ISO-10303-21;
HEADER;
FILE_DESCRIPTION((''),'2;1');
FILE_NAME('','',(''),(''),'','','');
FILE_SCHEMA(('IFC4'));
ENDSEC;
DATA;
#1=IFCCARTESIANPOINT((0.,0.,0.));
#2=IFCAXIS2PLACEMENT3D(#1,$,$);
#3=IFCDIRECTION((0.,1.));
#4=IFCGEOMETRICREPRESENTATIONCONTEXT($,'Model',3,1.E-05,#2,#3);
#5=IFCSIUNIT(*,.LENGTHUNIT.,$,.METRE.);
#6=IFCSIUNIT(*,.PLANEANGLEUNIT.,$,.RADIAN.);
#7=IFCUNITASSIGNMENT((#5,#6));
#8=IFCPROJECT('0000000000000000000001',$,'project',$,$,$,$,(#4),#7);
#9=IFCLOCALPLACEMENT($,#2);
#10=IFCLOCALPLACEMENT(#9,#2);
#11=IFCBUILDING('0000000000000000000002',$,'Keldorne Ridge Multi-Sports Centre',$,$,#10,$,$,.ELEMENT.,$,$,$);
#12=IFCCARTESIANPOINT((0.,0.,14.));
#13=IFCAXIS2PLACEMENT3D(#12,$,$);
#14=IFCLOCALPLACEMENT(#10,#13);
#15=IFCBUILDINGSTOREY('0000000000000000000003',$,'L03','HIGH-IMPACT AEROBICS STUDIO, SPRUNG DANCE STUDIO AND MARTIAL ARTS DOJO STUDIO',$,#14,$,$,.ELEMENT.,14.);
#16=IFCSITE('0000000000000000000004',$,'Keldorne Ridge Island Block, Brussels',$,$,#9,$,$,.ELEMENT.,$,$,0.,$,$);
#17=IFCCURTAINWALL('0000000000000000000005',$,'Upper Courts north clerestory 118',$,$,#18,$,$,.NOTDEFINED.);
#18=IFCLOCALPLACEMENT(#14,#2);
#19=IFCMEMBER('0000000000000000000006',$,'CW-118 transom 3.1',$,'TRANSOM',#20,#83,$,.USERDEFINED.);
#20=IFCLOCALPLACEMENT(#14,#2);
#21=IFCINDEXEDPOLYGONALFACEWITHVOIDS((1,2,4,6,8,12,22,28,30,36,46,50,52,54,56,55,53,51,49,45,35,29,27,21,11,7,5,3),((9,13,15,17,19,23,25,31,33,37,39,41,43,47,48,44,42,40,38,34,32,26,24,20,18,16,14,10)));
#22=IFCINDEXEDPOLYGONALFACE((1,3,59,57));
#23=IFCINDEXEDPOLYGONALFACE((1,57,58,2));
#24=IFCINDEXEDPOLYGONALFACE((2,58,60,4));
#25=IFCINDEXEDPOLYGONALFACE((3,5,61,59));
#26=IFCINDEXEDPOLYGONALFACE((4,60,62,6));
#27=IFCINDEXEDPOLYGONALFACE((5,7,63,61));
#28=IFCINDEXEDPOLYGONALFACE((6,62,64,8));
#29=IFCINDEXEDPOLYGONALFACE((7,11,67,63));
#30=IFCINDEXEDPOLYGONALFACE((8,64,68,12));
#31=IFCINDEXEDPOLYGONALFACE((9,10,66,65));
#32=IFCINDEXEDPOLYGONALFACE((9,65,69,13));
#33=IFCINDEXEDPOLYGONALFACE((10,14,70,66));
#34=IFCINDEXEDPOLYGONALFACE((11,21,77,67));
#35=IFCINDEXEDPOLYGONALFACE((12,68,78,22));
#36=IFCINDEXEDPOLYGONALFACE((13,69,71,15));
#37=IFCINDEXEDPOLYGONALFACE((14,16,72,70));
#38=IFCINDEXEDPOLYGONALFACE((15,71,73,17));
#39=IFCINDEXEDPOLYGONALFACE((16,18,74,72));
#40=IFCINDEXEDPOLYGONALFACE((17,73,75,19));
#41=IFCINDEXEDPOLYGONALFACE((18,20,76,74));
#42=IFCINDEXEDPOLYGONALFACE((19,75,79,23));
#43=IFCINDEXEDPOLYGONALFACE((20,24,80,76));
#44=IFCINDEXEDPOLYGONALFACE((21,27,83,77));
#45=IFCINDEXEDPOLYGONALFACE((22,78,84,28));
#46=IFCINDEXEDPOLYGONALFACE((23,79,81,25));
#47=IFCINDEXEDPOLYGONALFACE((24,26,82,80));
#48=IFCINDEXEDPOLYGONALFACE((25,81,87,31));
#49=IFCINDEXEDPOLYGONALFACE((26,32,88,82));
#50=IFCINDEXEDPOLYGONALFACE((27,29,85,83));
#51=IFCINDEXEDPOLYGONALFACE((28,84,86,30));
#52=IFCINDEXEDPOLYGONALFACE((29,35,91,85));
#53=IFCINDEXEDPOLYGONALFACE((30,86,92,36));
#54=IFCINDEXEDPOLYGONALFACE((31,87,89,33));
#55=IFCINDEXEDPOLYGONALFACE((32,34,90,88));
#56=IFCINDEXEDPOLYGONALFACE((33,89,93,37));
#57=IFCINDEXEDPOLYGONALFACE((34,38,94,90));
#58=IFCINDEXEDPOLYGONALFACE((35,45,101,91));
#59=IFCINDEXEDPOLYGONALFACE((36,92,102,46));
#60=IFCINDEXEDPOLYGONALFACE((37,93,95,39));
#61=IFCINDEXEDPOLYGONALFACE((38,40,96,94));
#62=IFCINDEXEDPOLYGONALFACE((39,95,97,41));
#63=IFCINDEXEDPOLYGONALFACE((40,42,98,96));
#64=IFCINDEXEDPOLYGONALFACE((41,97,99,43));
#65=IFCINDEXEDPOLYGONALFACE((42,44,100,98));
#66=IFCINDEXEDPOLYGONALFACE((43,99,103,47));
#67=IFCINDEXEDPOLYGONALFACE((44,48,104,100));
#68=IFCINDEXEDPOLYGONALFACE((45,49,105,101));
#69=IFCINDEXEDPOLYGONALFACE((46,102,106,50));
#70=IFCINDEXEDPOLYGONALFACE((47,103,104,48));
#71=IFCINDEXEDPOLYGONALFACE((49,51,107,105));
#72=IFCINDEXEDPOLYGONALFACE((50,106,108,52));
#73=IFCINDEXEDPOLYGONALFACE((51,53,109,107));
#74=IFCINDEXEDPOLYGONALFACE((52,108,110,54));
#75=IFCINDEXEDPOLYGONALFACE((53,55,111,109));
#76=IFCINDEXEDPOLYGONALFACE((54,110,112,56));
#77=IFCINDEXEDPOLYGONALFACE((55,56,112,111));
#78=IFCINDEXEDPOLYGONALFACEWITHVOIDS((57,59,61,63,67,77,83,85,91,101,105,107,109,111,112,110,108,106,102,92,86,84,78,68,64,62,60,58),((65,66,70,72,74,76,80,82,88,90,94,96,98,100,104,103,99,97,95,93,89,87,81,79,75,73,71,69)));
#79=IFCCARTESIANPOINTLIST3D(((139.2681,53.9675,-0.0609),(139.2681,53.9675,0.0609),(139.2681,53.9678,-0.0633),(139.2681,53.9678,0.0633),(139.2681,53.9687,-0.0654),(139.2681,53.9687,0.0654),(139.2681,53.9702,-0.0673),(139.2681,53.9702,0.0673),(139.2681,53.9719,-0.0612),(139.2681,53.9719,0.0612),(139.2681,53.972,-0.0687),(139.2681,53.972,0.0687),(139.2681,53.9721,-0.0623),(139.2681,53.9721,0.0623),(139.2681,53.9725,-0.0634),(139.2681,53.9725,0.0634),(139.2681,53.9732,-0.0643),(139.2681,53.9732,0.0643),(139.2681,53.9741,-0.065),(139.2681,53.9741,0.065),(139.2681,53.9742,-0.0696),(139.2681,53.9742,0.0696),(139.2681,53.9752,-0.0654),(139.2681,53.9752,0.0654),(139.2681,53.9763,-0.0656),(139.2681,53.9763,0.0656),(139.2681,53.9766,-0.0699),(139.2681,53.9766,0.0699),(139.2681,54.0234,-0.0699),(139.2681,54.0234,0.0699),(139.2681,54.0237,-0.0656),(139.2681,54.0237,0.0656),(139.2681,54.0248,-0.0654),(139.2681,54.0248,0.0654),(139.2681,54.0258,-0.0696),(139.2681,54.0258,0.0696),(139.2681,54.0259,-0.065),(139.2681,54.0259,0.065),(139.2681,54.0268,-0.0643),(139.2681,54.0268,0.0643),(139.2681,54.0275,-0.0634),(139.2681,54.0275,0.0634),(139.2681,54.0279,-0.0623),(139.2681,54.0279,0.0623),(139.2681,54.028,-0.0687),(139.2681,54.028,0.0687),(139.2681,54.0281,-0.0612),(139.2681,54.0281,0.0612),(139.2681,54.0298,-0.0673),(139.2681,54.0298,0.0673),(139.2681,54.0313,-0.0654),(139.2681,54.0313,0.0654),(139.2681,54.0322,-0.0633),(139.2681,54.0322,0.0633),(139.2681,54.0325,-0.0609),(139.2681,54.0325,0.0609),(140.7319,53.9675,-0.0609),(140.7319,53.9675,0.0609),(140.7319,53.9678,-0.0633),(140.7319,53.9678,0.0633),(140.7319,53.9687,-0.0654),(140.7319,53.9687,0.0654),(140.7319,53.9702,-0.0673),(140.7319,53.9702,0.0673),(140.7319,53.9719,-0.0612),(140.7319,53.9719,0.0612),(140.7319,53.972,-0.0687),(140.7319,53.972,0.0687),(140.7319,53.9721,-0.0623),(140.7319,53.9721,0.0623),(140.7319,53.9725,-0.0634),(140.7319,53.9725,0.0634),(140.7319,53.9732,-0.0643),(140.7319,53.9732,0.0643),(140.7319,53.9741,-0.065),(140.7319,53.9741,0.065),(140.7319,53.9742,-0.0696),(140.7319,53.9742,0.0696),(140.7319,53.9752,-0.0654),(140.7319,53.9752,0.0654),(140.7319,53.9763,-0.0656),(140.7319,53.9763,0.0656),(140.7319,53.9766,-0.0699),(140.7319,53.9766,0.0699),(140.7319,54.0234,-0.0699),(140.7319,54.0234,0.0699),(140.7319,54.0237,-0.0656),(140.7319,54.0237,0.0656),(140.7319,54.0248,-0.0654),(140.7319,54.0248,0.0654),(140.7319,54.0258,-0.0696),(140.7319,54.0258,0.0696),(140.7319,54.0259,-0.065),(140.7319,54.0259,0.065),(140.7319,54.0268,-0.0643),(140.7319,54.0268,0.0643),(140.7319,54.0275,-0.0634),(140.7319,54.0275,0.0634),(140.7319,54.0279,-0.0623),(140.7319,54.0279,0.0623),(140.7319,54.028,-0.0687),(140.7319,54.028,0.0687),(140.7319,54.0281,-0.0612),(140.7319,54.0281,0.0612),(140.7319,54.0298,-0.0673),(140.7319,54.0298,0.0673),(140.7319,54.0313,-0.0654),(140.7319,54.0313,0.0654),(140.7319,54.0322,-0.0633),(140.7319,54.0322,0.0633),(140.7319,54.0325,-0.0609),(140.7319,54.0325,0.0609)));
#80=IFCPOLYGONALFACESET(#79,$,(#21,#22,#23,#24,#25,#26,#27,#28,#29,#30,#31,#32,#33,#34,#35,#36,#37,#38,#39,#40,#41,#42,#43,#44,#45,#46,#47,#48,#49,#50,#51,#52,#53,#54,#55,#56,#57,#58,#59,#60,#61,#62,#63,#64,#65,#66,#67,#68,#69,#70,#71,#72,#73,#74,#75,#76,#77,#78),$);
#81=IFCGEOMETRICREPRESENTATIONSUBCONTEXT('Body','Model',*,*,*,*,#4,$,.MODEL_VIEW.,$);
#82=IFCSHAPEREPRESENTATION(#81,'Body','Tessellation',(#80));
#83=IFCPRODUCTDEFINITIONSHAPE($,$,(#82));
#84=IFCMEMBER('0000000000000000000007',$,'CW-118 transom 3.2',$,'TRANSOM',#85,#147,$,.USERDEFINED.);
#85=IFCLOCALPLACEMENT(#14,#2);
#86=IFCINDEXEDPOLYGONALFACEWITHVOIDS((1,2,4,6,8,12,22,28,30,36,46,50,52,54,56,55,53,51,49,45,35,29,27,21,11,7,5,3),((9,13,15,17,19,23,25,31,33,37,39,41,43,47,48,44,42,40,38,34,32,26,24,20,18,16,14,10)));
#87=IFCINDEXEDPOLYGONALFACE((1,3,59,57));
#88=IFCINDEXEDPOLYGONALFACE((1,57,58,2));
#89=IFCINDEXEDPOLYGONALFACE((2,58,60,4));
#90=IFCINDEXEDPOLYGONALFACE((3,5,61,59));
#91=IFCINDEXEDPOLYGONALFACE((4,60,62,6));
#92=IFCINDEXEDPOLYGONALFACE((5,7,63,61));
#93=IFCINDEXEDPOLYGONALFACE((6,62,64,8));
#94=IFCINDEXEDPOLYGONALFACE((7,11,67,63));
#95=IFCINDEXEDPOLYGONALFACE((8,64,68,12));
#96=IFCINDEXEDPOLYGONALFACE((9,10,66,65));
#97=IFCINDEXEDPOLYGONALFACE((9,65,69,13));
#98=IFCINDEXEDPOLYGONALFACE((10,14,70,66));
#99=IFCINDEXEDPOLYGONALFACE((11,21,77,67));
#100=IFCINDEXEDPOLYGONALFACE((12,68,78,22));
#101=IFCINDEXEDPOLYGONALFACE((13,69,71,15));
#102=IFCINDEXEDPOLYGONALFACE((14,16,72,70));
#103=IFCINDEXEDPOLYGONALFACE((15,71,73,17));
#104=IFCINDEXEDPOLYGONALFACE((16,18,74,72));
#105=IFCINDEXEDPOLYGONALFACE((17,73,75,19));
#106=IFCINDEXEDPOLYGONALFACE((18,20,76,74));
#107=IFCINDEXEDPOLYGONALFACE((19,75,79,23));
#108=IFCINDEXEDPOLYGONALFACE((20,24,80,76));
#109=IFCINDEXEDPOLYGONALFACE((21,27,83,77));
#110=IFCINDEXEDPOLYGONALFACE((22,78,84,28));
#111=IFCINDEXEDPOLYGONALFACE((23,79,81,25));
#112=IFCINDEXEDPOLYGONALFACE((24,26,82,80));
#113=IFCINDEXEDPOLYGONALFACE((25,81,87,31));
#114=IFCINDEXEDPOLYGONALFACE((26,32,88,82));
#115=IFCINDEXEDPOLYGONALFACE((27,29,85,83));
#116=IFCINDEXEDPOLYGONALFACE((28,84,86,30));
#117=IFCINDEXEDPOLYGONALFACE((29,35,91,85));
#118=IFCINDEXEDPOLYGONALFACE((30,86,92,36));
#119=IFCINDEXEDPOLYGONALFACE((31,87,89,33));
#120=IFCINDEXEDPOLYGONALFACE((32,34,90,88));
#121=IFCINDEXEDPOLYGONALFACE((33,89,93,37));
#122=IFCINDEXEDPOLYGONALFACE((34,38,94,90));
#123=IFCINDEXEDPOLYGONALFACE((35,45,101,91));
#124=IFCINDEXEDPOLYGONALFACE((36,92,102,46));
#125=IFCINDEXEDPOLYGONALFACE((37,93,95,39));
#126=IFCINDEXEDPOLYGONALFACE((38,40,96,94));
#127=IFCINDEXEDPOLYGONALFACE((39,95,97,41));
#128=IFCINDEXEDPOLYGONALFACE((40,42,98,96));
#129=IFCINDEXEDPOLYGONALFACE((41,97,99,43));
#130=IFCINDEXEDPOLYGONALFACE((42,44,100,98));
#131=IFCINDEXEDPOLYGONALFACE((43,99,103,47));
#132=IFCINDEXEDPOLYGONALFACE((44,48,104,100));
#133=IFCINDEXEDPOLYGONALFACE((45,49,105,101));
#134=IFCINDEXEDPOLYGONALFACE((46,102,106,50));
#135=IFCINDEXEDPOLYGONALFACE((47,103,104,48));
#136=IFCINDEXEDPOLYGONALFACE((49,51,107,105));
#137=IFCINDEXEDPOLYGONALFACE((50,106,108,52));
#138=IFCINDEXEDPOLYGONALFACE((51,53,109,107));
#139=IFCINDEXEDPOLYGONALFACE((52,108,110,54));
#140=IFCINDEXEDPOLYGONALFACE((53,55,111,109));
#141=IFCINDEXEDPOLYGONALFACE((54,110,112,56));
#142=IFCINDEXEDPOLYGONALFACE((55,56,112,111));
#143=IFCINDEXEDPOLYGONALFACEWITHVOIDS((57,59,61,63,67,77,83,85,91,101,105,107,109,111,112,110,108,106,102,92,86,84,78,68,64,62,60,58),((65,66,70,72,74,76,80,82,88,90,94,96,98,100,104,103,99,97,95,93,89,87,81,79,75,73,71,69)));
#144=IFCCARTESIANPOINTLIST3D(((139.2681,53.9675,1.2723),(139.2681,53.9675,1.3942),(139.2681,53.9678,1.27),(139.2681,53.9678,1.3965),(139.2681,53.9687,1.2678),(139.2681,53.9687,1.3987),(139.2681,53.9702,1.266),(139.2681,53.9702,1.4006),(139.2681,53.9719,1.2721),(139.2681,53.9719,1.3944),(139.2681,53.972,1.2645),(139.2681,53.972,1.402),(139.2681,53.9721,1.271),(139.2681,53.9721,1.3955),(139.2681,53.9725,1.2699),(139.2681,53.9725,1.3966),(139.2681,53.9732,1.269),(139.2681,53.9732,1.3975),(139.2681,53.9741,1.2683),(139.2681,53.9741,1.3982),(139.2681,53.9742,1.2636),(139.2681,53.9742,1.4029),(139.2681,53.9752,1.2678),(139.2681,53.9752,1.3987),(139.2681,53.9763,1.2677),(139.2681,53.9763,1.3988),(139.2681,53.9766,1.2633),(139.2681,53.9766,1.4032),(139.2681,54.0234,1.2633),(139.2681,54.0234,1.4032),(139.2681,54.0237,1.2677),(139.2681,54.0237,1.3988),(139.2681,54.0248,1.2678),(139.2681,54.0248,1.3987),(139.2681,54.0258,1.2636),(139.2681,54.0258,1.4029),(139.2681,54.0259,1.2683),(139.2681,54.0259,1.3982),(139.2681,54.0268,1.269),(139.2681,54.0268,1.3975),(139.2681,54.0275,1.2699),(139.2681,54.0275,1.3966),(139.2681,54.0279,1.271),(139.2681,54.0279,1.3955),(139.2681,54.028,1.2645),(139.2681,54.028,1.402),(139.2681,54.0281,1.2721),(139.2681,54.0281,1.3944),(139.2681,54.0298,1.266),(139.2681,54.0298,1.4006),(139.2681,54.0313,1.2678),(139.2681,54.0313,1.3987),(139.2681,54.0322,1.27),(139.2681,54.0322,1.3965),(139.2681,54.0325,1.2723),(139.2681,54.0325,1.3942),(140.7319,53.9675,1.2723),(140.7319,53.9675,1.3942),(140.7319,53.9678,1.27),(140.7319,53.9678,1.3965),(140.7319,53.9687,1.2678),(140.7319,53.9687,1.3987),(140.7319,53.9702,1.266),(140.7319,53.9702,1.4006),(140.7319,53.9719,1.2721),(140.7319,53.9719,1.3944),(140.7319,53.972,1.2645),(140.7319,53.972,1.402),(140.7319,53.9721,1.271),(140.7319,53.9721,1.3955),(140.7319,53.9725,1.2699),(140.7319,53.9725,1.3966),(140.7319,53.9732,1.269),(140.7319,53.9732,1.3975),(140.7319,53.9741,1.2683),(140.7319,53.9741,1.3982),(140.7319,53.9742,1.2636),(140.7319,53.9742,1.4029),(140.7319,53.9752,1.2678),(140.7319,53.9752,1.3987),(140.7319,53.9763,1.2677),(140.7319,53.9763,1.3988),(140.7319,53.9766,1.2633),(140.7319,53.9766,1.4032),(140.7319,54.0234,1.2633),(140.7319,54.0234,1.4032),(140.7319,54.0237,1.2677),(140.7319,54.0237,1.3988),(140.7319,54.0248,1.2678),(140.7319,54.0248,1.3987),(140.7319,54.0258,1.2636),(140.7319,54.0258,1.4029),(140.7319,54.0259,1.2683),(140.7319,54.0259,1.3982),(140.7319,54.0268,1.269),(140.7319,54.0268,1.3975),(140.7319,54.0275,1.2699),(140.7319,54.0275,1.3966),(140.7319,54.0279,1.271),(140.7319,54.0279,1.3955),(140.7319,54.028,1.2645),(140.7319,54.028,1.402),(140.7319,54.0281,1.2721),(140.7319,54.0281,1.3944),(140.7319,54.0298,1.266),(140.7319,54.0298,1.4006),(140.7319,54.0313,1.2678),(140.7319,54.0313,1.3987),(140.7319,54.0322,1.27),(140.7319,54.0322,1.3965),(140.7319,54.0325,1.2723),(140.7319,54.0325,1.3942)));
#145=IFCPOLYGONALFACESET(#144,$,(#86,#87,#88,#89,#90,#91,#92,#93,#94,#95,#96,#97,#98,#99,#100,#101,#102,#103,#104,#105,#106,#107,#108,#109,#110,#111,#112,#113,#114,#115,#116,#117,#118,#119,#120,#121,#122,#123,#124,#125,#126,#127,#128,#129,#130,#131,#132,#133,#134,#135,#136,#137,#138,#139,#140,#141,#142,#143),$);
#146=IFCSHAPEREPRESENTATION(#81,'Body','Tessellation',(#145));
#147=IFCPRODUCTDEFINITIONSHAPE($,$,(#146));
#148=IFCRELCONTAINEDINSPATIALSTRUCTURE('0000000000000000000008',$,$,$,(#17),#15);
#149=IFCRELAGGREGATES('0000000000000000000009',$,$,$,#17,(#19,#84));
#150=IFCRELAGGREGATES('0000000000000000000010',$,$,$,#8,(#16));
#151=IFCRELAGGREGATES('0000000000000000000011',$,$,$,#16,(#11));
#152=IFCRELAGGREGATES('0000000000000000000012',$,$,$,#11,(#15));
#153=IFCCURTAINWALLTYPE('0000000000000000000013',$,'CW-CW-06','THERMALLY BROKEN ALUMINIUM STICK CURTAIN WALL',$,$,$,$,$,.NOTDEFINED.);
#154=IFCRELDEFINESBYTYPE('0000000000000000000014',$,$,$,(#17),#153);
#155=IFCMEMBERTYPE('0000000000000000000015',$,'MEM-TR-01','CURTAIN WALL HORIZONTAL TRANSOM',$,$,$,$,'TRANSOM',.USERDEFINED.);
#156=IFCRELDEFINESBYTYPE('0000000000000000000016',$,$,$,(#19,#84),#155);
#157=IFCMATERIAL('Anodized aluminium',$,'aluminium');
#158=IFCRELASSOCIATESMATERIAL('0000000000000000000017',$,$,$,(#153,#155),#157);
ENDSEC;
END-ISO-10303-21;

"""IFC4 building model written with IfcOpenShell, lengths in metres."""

from ifc_helpers import new_model, si_unit, direction, frame, origin, origin_2d, place, context, subcontext, project, spatial, hollow_rectangle, extrude, material, material_profile, profile_set, type_object, element, aggregate, save


model = new_model("IFC4")

# Units and contexts
model_context = context("Model", 3, precision=1e-05, world=origin(), true_north=direction((0.0, 1.0)))
body_context = subcontext(model_context, "Body", "Model", "MODEL_VIEW")
ifc_project = project(units=[si_unit("LENGTHUNIT", "METRE"), si_unit("PLANEANGLEUNIT", "RADIAN")], contexts=[model_context])

# Site, building, storey
site_placement = place(None, origin())
site = spatial("IfcSite", under=ifc_project, at=site_placement, Name="Keldorne Ridge Island Block, Brussels", CompositionType="ELEMENT", RefElevation=0.0)
building_placement = place(site_placement, origin())
building = spatial("IfcBuilding", under=site, at=building_placement, Name="Keldorne Ridge Multi-Sports Centre", CompositionType="ELEMENT")
storey_placement = place(building_placement, frame((0.0, 0.0, 14.0)))
storey = spatial("IfcBuildingStorey", under=building, at=storey_placement, Name="L03", Description="HIGH-IMPACT AEROBICS STUDIO, SPRUNG DANCE STUDIO AND MARTIAL ARTS DOJO STUDIO", CompositionType="ELEMENT", Elevation=14.0)

# Curtain wall, members
ifc_material_1 = material(Name="Anodized aluminium", Category="aluminium")
curtain_wall_type = type_object("IfcCurtainWallType", Name="CW-CW-06", Description="THERMALLY BROKEN ALUMINIUM STICK CURTAIN WALL", PredefinedType="NOTDEFINED", material=ifc_material_1)
curtain_wall_placement = place(storey_placement, origin())
curtain_wall = element("IfcCurtainWall", 1, at=curtain_wall_placement, inside=storey, type_object=curtain_wall_type, Name="Upper Courts north clerestory 118", PredefinedType="NOTDEFINED")
ifc_material_profile_1 = material_profile(ifc_material_1, hollow_rectangle(XDim=0.0649, YDim=0.1399, WallThickness=0.0044, InnerFilletRadius=0.0044, OuterFilletRadius=0.009, at=origin_2d()), Name="ALU TRANSOM 140x65x4.5")
ifc_profile_set_1 = profile_set([ifc_material_profile_1], Name="Anodized aluminium")
member_type_1 = type_object("IfcMemberType", Name="MEM-TR-01", Description="CURTAIN WALL HORIZONTAL TRANSOM", ElementType="TRANSOM", PredefinedType="USERDEFINED", material=ifc_profile_set_1)
member_1_placement = place(storey_placement, frame((140.7319, 54.0, 0.0), z_axis=(-1.0, 0.0, 0.0), x_axis=(0.0, -1.0, 0.0)))
member_1 = element("IfcMember", 2, at=member_1_placement, type_object=member_type_1, Name="CW-118 transom 3.1", ObjectType="TRANSOM", PredefinedType="USERDEFINED", context=body_context, shape_type="SweptSolid", body=[
    extrude(hollow_rectangle(XDim=0.0649, YDim=0.1399, WallThickness=0.0044, InnerFilletRadius=0.0044, OuterFilletRadius=0.009, at=origin_2d()), origin(), (0.0, 0.0, 1.0), 1.4639),
])
member_2_placement = place(storey_placement, frame((140.7319, 54.0, 1.3333), z_axis=(-1.0, 0.0, 0.0), x_axis=(0.0, -1.0, 0.0)))
member_2 = element("IfcMember", 3, at=member_2_placement, type_object=member_type_1, Name="CW-118 transom 3.2", ObjectType="TRANSOM", PredefinedType="USERDEFINED", context=body_context, shape_type="SweptSolid", body=[
    extrude(hollow_rectangle(XDim=0.0649, YDim=0.1399, WallThickness=0.0044, InnerFilletRadius=0.0044, OuterFilletRadius=0.009, at=origin_2d()), origin(), (0.0, 0.0, 1.0), 1.4639),
])
aggregate(curtain_wall, [member_1, member_2])

save(model, "model.ifc")
